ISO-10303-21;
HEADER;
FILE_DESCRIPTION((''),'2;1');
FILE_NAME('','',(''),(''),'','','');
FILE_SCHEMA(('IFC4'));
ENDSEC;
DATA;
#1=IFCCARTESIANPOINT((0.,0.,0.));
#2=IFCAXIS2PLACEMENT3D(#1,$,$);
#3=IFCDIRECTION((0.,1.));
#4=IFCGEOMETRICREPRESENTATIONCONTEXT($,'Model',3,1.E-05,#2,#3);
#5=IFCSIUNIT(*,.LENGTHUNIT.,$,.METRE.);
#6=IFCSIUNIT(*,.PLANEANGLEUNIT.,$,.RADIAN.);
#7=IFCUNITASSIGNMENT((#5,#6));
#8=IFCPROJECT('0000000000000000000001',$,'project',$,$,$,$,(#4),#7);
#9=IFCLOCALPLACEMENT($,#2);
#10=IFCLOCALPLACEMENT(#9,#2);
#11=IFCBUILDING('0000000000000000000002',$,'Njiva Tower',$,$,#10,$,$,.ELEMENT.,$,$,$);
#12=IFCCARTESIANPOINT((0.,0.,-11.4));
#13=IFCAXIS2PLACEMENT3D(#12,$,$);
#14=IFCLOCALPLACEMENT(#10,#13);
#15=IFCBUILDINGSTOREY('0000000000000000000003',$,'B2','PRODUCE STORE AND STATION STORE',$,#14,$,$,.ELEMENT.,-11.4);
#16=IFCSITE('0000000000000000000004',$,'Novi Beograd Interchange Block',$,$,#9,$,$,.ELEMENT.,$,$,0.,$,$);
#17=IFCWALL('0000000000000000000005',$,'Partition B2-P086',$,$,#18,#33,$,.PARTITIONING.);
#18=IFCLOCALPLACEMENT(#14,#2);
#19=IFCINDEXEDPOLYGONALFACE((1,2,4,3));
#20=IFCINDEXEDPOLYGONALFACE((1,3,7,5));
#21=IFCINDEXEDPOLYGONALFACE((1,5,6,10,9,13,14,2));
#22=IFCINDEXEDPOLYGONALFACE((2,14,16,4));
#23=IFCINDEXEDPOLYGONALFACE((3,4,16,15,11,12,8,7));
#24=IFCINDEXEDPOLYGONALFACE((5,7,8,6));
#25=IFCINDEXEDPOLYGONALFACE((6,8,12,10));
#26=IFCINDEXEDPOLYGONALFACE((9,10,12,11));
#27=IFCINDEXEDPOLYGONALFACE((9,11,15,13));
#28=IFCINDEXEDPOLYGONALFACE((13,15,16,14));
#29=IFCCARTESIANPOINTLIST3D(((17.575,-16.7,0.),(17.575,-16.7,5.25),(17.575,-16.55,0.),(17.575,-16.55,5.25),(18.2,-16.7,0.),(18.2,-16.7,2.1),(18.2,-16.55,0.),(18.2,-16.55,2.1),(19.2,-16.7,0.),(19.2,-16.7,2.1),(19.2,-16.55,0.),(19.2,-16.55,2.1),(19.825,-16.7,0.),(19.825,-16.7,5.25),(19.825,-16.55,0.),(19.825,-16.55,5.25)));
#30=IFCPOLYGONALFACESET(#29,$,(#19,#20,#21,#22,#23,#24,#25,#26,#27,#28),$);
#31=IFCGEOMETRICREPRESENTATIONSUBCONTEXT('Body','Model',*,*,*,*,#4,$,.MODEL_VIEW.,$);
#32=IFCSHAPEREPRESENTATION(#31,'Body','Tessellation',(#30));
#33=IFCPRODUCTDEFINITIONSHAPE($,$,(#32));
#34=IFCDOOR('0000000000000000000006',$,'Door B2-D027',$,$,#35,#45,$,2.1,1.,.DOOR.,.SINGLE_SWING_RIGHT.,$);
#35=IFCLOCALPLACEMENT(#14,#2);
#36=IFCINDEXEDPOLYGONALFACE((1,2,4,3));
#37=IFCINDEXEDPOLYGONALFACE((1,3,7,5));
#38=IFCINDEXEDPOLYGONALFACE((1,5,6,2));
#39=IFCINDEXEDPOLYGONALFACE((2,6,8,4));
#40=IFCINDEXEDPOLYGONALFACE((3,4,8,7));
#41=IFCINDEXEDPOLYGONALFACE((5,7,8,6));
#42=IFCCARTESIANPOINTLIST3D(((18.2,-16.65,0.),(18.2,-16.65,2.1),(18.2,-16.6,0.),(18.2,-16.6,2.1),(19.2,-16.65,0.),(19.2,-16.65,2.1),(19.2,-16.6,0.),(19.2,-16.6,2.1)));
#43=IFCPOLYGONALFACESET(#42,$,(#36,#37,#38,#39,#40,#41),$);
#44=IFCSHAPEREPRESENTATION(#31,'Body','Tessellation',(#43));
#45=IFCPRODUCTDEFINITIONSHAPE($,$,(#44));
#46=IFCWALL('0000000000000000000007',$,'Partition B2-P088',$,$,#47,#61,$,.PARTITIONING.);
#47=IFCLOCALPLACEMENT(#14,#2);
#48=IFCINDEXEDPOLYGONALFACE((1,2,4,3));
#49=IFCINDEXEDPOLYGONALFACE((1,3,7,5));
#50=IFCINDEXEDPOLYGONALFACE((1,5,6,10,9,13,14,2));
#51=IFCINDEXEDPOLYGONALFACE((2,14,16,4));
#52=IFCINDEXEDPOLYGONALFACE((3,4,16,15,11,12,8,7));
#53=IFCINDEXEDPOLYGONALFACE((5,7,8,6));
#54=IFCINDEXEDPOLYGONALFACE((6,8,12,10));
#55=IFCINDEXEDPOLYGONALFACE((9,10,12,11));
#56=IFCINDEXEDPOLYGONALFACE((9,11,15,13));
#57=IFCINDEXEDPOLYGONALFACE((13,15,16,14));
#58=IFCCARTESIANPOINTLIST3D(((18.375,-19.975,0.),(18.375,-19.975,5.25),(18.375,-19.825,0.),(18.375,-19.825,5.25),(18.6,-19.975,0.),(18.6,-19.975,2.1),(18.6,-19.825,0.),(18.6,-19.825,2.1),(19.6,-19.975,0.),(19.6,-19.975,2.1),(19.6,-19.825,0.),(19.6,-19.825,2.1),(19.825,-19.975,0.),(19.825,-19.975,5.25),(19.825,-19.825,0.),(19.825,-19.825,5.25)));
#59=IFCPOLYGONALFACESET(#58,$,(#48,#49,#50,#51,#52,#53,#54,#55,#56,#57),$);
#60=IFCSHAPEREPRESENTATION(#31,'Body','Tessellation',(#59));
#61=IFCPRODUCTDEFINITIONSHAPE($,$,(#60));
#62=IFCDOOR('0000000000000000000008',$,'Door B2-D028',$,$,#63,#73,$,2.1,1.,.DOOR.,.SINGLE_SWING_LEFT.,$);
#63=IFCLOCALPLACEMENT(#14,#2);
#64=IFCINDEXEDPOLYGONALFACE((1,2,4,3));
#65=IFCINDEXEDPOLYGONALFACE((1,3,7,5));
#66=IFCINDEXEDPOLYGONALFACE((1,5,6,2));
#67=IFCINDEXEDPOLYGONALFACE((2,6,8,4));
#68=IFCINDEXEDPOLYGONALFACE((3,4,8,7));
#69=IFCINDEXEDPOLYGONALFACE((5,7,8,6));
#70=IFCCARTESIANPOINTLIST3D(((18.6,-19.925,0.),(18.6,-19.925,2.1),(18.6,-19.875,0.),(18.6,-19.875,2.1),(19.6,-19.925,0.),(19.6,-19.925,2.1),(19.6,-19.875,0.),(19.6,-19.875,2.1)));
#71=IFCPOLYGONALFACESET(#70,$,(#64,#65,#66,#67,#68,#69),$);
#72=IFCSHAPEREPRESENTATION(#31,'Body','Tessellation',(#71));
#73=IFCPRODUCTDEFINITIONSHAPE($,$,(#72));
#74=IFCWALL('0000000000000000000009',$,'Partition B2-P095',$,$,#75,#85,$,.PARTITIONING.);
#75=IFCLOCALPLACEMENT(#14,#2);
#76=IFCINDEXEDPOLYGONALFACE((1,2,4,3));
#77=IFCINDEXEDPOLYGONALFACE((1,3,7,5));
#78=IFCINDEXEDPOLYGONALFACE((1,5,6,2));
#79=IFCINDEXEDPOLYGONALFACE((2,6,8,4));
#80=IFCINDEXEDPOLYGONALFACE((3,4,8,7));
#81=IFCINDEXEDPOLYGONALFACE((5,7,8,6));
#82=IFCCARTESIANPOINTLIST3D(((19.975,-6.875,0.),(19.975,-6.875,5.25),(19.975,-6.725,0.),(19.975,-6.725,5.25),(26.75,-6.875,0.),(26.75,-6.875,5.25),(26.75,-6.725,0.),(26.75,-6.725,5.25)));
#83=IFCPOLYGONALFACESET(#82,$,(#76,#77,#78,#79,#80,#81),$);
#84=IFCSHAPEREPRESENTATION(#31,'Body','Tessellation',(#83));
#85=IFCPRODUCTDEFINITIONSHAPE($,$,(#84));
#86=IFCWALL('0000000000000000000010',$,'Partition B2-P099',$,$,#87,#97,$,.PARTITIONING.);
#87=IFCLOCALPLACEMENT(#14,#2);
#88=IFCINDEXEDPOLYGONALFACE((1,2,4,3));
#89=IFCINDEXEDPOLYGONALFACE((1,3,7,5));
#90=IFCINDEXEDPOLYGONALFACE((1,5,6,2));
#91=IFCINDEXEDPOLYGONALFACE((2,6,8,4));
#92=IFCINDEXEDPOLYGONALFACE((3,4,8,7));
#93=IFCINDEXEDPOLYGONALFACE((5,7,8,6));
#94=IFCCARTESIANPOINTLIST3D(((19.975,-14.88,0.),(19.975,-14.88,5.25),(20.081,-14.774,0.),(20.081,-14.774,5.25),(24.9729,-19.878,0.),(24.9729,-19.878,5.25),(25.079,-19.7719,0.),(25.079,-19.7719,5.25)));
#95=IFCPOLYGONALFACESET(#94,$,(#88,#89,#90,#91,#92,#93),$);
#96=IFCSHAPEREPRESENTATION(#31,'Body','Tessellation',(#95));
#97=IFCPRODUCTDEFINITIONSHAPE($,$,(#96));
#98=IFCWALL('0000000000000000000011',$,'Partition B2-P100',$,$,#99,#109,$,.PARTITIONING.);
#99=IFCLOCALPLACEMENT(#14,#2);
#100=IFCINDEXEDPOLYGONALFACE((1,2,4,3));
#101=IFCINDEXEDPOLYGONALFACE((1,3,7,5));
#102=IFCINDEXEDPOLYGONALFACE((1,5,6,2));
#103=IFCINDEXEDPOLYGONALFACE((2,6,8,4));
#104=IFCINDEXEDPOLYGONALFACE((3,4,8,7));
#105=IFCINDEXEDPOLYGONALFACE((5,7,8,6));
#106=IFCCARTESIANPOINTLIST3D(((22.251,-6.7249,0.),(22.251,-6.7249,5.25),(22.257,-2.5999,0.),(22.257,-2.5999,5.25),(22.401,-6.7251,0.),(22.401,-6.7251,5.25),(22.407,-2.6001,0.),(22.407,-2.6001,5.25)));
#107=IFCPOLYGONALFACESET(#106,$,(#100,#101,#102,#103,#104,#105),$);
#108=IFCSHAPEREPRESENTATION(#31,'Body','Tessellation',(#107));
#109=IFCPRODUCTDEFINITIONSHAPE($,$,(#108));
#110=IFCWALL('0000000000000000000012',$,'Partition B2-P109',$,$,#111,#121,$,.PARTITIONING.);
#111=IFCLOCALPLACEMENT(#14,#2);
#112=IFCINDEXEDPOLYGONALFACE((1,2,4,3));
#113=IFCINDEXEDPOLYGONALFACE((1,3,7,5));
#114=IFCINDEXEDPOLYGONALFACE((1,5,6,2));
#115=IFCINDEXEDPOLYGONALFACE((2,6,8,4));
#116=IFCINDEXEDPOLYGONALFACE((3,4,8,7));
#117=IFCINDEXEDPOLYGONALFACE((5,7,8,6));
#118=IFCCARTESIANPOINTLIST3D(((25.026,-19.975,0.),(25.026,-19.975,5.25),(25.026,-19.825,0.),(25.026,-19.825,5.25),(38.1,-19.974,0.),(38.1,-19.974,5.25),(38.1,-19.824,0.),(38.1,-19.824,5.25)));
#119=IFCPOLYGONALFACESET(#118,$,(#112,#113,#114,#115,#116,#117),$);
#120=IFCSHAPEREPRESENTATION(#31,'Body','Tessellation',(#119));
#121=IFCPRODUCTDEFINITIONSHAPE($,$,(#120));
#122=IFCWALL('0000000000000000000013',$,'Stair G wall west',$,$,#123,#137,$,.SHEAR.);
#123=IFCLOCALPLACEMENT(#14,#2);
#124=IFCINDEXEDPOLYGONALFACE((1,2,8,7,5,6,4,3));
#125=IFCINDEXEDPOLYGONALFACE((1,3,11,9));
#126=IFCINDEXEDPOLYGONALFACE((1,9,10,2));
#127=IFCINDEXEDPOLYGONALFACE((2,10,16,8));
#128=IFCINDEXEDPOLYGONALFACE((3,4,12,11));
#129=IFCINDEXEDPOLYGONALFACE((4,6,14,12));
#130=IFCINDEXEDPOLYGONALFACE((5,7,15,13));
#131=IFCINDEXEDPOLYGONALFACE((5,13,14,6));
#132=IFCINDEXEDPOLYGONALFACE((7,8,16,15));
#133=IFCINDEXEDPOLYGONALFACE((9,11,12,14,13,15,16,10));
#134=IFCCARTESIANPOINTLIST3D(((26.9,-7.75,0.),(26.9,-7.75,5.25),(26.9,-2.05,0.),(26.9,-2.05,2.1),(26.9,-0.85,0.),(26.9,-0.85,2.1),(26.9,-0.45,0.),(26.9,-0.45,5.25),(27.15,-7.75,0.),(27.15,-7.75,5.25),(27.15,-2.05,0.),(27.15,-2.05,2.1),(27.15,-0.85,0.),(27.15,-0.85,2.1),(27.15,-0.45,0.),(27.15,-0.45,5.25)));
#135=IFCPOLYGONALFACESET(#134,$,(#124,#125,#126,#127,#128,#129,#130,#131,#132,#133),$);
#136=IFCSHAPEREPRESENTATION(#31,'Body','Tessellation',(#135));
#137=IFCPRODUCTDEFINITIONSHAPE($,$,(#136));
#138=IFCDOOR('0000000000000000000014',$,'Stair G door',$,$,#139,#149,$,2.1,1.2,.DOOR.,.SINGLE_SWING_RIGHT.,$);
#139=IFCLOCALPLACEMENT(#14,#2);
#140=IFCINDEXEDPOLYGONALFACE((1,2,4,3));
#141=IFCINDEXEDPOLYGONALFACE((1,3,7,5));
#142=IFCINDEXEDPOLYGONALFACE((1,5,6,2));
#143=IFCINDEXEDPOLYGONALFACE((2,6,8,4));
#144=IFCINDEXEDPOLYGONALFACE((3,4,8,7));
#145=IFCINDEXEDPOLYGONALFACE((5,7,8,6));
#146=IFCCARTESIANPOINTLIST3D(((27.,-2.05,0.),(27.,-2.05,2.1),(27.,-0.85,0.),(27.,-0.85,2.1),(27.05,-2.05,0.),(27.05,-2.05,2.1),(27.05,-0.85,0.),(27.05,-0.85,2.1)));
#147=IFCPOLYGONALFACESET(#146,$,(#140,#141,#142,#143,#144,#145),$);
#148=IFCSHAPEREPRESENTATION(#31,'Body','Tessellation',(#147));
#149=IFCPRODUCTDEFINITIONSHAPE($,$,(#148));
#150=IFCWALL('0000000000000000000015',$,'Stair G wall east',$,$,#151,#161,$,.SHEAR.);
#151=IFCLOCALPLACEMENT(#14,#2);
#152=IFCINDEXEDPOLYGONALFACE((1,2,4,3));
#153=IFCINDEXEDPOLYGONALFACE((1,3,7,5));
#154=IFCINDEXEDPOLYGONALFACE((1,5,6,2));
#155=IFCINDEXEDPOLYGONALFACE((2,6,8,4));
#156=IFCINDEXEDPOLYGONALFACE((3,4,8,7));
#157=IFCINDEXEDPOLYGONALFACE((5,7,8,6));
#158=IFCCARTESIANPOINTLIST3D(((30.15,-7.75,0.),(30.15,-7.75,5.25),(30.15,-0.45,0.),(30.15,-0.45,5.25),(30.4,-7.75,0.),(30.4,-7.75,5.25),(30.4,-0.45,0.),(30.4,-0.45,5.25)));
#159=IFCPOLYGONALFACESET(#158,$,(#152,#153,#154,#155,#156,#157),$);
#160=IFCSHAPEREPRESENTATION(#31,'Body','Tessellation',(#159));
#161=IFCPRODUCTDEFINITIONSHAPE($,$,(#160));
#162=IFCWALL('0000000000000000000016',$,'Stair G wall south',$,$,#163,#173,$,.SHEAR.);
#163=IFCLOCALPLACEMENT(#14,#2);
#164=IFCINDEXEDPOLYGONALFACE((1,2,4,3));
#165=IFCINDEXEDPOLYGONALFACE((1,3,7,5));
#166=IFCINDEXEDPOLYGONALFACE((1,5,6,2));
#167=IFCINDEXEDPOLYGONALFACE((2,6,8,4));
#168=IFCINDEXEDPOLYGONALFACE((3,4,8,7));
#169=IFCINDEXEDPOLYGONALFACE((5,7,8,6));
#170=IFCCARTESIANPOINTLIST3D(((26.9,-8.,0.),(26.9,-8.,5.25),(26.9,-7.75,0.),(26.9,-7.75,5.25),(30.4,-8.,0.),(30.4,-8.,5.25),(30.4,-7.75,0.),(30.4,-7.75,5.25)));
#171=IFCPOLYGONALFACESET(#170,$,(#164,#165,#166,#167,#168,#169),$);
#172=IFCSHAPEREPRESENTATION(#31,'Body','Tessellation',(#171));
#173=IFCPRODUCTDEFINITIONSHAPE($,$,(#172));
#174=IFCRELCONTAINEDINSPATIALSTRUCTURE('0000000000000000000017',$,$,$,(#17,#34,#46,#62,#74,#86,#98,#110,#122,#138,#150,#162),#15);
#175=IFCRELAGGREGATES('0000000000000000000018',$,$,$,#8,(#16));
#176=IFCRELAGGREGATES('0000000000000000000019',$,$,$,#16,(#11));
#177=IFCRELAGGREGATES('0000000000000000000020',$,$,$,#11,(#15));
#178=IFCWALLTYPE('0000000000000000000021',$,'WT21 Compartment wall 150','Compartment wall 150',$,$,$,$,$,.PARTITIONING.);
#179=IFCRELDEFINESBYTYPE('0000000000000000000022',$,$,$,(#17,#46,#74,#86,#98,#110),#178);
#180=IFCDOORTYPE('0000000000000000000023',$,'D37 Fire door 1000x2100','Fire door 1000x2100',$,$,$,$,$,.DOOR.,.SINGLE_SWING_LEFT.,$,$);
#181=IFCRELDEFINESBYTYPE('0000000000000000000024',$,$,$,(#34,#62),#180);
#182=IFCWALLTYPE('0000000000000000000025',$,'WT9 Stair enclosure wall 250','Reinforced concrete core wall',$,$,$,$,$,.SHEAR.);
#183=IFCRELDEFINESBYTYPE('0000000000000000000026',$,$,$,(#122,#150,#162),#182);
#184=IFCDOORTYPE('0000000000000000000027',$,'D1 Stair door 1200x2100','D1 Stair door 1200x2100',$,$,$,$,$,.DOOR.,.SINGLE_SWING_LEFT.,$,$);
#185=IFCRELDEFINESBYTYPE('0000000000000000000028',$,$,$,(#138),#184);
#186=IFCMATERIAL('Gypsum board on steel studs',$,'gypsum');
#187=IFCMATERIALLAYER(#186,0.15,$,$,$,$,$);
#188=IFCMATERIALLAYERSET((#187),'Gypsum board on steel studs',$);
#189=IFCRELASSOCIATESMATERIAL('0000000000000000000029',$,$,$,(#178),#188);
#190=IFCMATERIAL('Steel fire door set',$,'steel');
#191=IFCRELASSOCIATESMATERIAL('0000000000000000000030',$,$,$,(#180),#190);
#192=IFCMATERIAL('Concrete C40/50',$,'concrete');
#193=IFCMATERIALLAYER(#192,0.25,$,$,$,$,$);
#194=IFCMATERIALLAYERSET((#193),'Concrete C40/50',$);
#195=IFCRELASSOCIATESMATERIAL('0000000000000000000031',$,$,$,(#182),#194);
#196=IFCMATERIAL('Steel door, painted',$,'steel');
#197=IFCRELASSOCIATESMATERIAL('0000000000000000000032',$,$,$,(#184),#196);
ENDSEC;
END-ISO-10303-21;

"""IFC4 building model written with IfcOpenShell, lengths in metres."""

from ifc_helpers import new_model, si_unit, direction, frame, frame_2d, origin, place, context, subcontext, project, spatial, rectangle, extrude, material, layer, layer_set, type_object, element, fill, save


model = new_model("IFC4")

# Units and contexts
model_context = context("Model", 3, precision=1e-05, world=origin(), true_north=direction((0.0, 1.0)))
body_context = subcontext(model_context, "Body", "Model", "MODEL_VIEW")
ifc_project = project(units=[si_unit("LENGTHUNIT", "METRE"), si_unit("PLANEANGLEUNIT", "RADIAN")], contexts=[model_context])

# Site, building, storey
site_placement = place(None, origin())
site = spatial("IfcSite", under=ifc_project, at=site_placement, Name="Novi Beograd Interchange Block", CompositionType="ELEMENT", RefElevation=0.0)
building_placement = place(site_placement, origin())
building = spatial("IfcBuilding", under=site, at=building_placement, Name="Njiva Tower", CompositionType="ELEMENT")
storey_placement = place(building_placement, frame((0.0, 0.0, -11.4)))
storey = spatial("IfcBuildingStorey", under=building, at=storey_placement, Name="B2", Description="PRODUCE STORE AND STATION STORE", CompositionType="ELEMENT", Elevation=-11.4)

# Shared definitions
ifc_material_1 = material(Name="Gypsum board on steel studs", Category="gypsum")
ifc_layer_1 = layer(ifc_material_1, 0.15)
ifc_layer_set_1 = layer_set([ifc_layer_1], Name="Gypsum board on steel studs")
wall_type_1 = type_object("IfcWallType", Name="WT21 Compartment wall 150", Description="Compartment wall 150", PredefinedType="PARTITIONING", material=ifc_layer_set_1)

# Walls, openings, doors
ifc_material_2 = material(Name="Steel fire door set", Category="steel")
door_type_1 = type_object("IfcDoorType", Name="D37 Fire door 1000x2100", Description="Fire door 1000x2100", OperationType="SINGLE_SWING_LEFT", PredefinedType="DOOR", material=ifc_material_2)
wall_1_placement = place(storey_placement, frame((17.575, -16.625, 0.0), z_axis=(0.0, 0.0, 1.0), x_axis=(1.0, 0.0, 0.0)))
wall_1 = element("IfcWall", 1, at=wall_1_placement, inside=storey, type_object=wall_type_1, Name="Partition B2-P086", PredefinedType="PARTITIONING", context=body_context, shape_type="SweptSolid", body=[
    extrude(rectangle(XDim=2.25, YDim=0.15, at=frame_2d((1.125, 0.0))), origin(), (0.0, 0.0, 1.0), 5.25),
])
opening_1_placement = place(wall_1_placement, frame((0.625, 0.0, 0.0)))
opening_1 = element("IfcOpeningElement", 2, at=opening_1_placement, cuts=wall_1, PredefinedType="OPENING", context=body_context, shape_type="SweptSolid", body=[
    extrude(rectangle(XDim=1.0, YDim=2.1, at=frame_2d((0.5, 1.05))), frame((0.0, 0.085, 0.0), z_axis=(0.0, -1.0, 0.0), x_axis=(1.0, 0.0, 0.0)), (0.0, 0.0, 1.0), 0.17),
])
door_1_placement = place(opening_1_placement, origin())
door_1 = element("IfcDoor", 3, at=door_1_placement, inside=storey, type_object=door_type_1, Name="Door B2-D027", OperationType="SINGLE_SWING_RIGHT", OverallHeight=2.1, OverallWidth=1.0, PredefinedType="DOOR", context=body_context, shape_type="SweptSolid", body=[
    extrude(rectangle(XDim=1.0, YDim=2.1, at=frame_2d((0.5, 1.05))), frame((0.0, 0.025, 0.0), z_axis=(0.0, -1.0, 0.0), x_axis=(1.0, 0.0, 0.0)), (0.0, 0.0, 1.0), 0.05),
])
fill(opening_1, door_1)
wall_2_placement = place(storey_placement, frame((18.375, -19.9, 0.0), z_axis=(0.0, 0.0, 1.0), x_axis=(1.0, 0.0, 0.0)))
wall_2 = element("IfcWall", 4, at=wall_2_placement, inside=storey, type_object=wall_type_1, Name="Partition B2-P088", PredefinedType="PARTITIONING", context=body_context, shape_type="SweptSolid", body=[
    extrude(rectangle(XDim=1.45, YDim=0.15, at=frame_2d((0.725, 0.0))), origin(), (0.0, 0.0, 1.0), 5.25),
])
opening_2_placement = place(wall_2_placement, frame((0.225, 0.0, 0.0)))
opening_2 = element("IfcOpeningElement", 5, at=opening_2_placement, cuts=wall_2, PredefinedType="OPENING", context=body_context, shape_type="SweptSolid", body=[
    extrude(rectangle(XDim=1.0, YDim=2.1, at=frame_2d((0.5, 1.05))), frame((0.0, 0.085, 0.0), z_axis=(0.0, -1.0, 0.0), x_axis=(1.0, 0.0, 0.0)), (0.0, 0.0, 1.0), 0.17),
])
door_2_placement = place(opening_2_placement, origin())
door_2 = element("IfcDoor", 6, at=door_2_placement, inside=storey, type_object=door_type_1, Name="Door B2-D028", OperationType="SINGLE_SWING_LEFT", OverallHeight=2.1, OverallWidth=1.0, PredefinedType="DOOR", context=body_context, shape_type="SweptSolid", body=[
    extrude(rectangle(XDim=1.0, YDim=2.1, at=frame_2d((0.5, 1.05))), frame((0.0, 0.025, 0.0), z_axis=(0.0, -1.0, 0.0), x_axis=(1.0, 0.0, 0.0)), (0.0, 0.0, 1.0), 0.05),
])
fill(opening_2, door_2)

# Walls
wall_3_placement = place(storey_placement, frame((19.975, -6.8, 0.0), z_axis=(0.0, 0.0, 1.0), x_axis=(1.0, 0.0, 0.0)))
element("IfcWall", 7, at=wall_3_placement, inside=storey, type_object=wall_type_1, Name="Partition B2-P095", PredefinedType="PARTITIONING", context=body_context, shape_type="SweptSolid", body=[
    extrude(rectangle(XDim=6.775, YDim=0.15, at=frame_2d((3.3875, 0.0))), origin(), (0.0, 0.0, 1.0), 5.25),
])
wall_4_placement = place(storey_placement, frame((20.028, -14.827, 0.0), z_axis=(0.0, 0.0, 1.0), x_axis=(0.707107, -0.707107, 0.0)))
element("IfcWall", 8, at=wall_4_placement, inside=storey, type_object=wall_type_1, Name="Partition B2-P099", PredefinedType="PARTITIONING", context=body_context, shape_type="SweptSolid", body=[
    extrude(rectangle(XDim=7.0682, YDim=0.15, at=frame_2d((3.5341, 0.0))), origin(), (0.0, 0.0, 1.0), 5.25),
])
wall_5_placement = place(storey_placement, frame((22.326, -6.725, 0.0), z_axis=(0.0, 0.0, 1.0), x_axis=(0.001455, 0.999999, 0.0)))
element("IfcWall", 9, at=wall_5_placement, inside=storey, type_object=wall_type_1, Name="Partition B2-P100", PredefinedType="PARTITIONING", context=body_context, shape_type="SweptSolid", body=[
    extrude(rectangle(XDim=4.125, YDim=0.15, at=frame_2d((2.0625, 0.0))), origin(), (0.0, 0.0, 1.0), 5.25),
])
wall_6_placement = place(storey_placement, frame((25.026, -19.9, 0.0), z_axis=(0.0, 0.0, 1.0), x_axis=(1.0, 0.000076, 0.0)))
element("IfcWall", 10, at=wall_6_placement, inside=storey, type_object=wall_type_1, Name="Partition B2-P109", PredefinedType="PARTITIONING", context=body_context, shape_type="SweptSolid", body=[
    extrude(rectangle(XDim=13.074, YDim=0.15, at=frame_2d((6.537, 0.0))), origin(), (0.0, 0.0, 1.0), 5.25),
])

# Wall, opening, door
ifc_material_3 = material(Name="Concrete C40/50", Category="concrete")
ifc_layer_2 = layer(ifc_material_3, 0.25)
ifc_layer_set_2 = layer_set([ifc_layer_2], Name="Concrete C40/50")
wall_type_2 = type_object("IfcWallType", Name="WT9 Stair enclosure wall 250", Description="Reinforced concrete core wall", PredefinedType="SHEAR", material=ifc_layer_set_2)
wall_7_placement = place(storey_placement, frame((27.025, -7.75, 0.0), z_axis=(0.0, 0.0, 1.0), x_axis=(0.0, 1.0, 0.0)))
wall_7 = element("IfcWall", 11, at=wall_7_placement, inside=storey, type_object=wall_type_2, Name="Stair G wall west", PredefinedType="SHEAR", context=body_context, shape_type="SweptSolid", body=[
    extrude(rectangle(XDim=7.3, YDim=0.25, at=frame_2d((3.65, 0.0))), origin(), (0.0, 0.0, 1.0), 5.25),
])
opening_3_placement = place(wall_7_placement, frame((5.7, 0.0, 0.0)))
opening_3 = element("IfcOpeningElement", 12, at=opening_3_placement, cuts=wall_7, PredefinedType="OPENING", context=body_context, shape_type="SweptSolid", body=[
    extrude(rectangle(XDim=1.2, YDim=2.1, at=frame_2d((0.6, 1.05))), frame((0.0, 0.135, 0.0), z_axis=(0.0, -1.0, 0.0), x_axis=(1.0, 0.0, 0.0)), (0.0, 0.0, 1.0), 0.27),
])
ifc_material_4 = material(Name="Steel door, painted", Category="steel")
door_type_2 = type_object("IfcDoorType", Name="D1 Stair door 1200x2100", Description="D1 Stair door 1200x2100", OperationType="SINGLE_SWING_LEFT", PredefinedType="DOOR", material=ifc_material_4)
door_3_placement = place(opening_3_placement, origin())
door_3 = element("IfcDoor", 13, at=door_3_placement, inside=storey, type_object=door_type_2, Name="Stair G door", OperationType="SINGLE_SWING_RIGHT", OverallHeight=2.1, OverallWidth=1.2, PredefinedType="DOOR", context=body_context, shape_type="SweptSolid", body=[
    extrude(rectangle(XDim=1.2, YDim=2.1, at=frame_2d((0.6, 1.05))), frame((0.0, 0.025, 0.0), z_axis=(0.0, -1.0, 0.0), x_axis=(1.0, 0.0, 0.0)), (0.0, 0.0, 1.0), 0.05),
])
fill(opening_3, door_3)

# Walls
wall_8_placement = place(storey_placement, frame((30.275, -7.75, 0.0), z_axis=(0.0, 0.0, 1.0), x_axis=(0.0, 1.0, 0.0)))
element("IfcWall", 14, at=wall_8_placement, inside=storey, type_object=wall_type_2, Name="Stair G wall east", PredefinedType="SHEAR", context=body_context, shape_type="SweptSolid", body=[
    extrude(rectangle(XDim=7.3, YDim=0.25, at=frame_2d((3.65, 0.0))), origin(), (0.0, 0.0, 1.0), 5.25),
])
wall_9_placement = place(storey_placement, frame((26.9, -7.875, 0.0), z_axis=(0.0, 0.0, 1.0), x_axis=(1.0, 0.0, 0.0)))
element("IfcWall", 15, at=wall_9_placement, inside=storey, type_object=wall_type_2, Name="Stair G wall south", PredefinedType="SHEAR", context=body_context, shape_type="SweptSolid", body=[
    extrude(rectangle(XDim=3.5, YDim=0.25, at=frame_2d((1.75, 0.0))), origin(), (0.0, 0.0, 1.0), 5.25),
])

save(model, "model.ifc")
